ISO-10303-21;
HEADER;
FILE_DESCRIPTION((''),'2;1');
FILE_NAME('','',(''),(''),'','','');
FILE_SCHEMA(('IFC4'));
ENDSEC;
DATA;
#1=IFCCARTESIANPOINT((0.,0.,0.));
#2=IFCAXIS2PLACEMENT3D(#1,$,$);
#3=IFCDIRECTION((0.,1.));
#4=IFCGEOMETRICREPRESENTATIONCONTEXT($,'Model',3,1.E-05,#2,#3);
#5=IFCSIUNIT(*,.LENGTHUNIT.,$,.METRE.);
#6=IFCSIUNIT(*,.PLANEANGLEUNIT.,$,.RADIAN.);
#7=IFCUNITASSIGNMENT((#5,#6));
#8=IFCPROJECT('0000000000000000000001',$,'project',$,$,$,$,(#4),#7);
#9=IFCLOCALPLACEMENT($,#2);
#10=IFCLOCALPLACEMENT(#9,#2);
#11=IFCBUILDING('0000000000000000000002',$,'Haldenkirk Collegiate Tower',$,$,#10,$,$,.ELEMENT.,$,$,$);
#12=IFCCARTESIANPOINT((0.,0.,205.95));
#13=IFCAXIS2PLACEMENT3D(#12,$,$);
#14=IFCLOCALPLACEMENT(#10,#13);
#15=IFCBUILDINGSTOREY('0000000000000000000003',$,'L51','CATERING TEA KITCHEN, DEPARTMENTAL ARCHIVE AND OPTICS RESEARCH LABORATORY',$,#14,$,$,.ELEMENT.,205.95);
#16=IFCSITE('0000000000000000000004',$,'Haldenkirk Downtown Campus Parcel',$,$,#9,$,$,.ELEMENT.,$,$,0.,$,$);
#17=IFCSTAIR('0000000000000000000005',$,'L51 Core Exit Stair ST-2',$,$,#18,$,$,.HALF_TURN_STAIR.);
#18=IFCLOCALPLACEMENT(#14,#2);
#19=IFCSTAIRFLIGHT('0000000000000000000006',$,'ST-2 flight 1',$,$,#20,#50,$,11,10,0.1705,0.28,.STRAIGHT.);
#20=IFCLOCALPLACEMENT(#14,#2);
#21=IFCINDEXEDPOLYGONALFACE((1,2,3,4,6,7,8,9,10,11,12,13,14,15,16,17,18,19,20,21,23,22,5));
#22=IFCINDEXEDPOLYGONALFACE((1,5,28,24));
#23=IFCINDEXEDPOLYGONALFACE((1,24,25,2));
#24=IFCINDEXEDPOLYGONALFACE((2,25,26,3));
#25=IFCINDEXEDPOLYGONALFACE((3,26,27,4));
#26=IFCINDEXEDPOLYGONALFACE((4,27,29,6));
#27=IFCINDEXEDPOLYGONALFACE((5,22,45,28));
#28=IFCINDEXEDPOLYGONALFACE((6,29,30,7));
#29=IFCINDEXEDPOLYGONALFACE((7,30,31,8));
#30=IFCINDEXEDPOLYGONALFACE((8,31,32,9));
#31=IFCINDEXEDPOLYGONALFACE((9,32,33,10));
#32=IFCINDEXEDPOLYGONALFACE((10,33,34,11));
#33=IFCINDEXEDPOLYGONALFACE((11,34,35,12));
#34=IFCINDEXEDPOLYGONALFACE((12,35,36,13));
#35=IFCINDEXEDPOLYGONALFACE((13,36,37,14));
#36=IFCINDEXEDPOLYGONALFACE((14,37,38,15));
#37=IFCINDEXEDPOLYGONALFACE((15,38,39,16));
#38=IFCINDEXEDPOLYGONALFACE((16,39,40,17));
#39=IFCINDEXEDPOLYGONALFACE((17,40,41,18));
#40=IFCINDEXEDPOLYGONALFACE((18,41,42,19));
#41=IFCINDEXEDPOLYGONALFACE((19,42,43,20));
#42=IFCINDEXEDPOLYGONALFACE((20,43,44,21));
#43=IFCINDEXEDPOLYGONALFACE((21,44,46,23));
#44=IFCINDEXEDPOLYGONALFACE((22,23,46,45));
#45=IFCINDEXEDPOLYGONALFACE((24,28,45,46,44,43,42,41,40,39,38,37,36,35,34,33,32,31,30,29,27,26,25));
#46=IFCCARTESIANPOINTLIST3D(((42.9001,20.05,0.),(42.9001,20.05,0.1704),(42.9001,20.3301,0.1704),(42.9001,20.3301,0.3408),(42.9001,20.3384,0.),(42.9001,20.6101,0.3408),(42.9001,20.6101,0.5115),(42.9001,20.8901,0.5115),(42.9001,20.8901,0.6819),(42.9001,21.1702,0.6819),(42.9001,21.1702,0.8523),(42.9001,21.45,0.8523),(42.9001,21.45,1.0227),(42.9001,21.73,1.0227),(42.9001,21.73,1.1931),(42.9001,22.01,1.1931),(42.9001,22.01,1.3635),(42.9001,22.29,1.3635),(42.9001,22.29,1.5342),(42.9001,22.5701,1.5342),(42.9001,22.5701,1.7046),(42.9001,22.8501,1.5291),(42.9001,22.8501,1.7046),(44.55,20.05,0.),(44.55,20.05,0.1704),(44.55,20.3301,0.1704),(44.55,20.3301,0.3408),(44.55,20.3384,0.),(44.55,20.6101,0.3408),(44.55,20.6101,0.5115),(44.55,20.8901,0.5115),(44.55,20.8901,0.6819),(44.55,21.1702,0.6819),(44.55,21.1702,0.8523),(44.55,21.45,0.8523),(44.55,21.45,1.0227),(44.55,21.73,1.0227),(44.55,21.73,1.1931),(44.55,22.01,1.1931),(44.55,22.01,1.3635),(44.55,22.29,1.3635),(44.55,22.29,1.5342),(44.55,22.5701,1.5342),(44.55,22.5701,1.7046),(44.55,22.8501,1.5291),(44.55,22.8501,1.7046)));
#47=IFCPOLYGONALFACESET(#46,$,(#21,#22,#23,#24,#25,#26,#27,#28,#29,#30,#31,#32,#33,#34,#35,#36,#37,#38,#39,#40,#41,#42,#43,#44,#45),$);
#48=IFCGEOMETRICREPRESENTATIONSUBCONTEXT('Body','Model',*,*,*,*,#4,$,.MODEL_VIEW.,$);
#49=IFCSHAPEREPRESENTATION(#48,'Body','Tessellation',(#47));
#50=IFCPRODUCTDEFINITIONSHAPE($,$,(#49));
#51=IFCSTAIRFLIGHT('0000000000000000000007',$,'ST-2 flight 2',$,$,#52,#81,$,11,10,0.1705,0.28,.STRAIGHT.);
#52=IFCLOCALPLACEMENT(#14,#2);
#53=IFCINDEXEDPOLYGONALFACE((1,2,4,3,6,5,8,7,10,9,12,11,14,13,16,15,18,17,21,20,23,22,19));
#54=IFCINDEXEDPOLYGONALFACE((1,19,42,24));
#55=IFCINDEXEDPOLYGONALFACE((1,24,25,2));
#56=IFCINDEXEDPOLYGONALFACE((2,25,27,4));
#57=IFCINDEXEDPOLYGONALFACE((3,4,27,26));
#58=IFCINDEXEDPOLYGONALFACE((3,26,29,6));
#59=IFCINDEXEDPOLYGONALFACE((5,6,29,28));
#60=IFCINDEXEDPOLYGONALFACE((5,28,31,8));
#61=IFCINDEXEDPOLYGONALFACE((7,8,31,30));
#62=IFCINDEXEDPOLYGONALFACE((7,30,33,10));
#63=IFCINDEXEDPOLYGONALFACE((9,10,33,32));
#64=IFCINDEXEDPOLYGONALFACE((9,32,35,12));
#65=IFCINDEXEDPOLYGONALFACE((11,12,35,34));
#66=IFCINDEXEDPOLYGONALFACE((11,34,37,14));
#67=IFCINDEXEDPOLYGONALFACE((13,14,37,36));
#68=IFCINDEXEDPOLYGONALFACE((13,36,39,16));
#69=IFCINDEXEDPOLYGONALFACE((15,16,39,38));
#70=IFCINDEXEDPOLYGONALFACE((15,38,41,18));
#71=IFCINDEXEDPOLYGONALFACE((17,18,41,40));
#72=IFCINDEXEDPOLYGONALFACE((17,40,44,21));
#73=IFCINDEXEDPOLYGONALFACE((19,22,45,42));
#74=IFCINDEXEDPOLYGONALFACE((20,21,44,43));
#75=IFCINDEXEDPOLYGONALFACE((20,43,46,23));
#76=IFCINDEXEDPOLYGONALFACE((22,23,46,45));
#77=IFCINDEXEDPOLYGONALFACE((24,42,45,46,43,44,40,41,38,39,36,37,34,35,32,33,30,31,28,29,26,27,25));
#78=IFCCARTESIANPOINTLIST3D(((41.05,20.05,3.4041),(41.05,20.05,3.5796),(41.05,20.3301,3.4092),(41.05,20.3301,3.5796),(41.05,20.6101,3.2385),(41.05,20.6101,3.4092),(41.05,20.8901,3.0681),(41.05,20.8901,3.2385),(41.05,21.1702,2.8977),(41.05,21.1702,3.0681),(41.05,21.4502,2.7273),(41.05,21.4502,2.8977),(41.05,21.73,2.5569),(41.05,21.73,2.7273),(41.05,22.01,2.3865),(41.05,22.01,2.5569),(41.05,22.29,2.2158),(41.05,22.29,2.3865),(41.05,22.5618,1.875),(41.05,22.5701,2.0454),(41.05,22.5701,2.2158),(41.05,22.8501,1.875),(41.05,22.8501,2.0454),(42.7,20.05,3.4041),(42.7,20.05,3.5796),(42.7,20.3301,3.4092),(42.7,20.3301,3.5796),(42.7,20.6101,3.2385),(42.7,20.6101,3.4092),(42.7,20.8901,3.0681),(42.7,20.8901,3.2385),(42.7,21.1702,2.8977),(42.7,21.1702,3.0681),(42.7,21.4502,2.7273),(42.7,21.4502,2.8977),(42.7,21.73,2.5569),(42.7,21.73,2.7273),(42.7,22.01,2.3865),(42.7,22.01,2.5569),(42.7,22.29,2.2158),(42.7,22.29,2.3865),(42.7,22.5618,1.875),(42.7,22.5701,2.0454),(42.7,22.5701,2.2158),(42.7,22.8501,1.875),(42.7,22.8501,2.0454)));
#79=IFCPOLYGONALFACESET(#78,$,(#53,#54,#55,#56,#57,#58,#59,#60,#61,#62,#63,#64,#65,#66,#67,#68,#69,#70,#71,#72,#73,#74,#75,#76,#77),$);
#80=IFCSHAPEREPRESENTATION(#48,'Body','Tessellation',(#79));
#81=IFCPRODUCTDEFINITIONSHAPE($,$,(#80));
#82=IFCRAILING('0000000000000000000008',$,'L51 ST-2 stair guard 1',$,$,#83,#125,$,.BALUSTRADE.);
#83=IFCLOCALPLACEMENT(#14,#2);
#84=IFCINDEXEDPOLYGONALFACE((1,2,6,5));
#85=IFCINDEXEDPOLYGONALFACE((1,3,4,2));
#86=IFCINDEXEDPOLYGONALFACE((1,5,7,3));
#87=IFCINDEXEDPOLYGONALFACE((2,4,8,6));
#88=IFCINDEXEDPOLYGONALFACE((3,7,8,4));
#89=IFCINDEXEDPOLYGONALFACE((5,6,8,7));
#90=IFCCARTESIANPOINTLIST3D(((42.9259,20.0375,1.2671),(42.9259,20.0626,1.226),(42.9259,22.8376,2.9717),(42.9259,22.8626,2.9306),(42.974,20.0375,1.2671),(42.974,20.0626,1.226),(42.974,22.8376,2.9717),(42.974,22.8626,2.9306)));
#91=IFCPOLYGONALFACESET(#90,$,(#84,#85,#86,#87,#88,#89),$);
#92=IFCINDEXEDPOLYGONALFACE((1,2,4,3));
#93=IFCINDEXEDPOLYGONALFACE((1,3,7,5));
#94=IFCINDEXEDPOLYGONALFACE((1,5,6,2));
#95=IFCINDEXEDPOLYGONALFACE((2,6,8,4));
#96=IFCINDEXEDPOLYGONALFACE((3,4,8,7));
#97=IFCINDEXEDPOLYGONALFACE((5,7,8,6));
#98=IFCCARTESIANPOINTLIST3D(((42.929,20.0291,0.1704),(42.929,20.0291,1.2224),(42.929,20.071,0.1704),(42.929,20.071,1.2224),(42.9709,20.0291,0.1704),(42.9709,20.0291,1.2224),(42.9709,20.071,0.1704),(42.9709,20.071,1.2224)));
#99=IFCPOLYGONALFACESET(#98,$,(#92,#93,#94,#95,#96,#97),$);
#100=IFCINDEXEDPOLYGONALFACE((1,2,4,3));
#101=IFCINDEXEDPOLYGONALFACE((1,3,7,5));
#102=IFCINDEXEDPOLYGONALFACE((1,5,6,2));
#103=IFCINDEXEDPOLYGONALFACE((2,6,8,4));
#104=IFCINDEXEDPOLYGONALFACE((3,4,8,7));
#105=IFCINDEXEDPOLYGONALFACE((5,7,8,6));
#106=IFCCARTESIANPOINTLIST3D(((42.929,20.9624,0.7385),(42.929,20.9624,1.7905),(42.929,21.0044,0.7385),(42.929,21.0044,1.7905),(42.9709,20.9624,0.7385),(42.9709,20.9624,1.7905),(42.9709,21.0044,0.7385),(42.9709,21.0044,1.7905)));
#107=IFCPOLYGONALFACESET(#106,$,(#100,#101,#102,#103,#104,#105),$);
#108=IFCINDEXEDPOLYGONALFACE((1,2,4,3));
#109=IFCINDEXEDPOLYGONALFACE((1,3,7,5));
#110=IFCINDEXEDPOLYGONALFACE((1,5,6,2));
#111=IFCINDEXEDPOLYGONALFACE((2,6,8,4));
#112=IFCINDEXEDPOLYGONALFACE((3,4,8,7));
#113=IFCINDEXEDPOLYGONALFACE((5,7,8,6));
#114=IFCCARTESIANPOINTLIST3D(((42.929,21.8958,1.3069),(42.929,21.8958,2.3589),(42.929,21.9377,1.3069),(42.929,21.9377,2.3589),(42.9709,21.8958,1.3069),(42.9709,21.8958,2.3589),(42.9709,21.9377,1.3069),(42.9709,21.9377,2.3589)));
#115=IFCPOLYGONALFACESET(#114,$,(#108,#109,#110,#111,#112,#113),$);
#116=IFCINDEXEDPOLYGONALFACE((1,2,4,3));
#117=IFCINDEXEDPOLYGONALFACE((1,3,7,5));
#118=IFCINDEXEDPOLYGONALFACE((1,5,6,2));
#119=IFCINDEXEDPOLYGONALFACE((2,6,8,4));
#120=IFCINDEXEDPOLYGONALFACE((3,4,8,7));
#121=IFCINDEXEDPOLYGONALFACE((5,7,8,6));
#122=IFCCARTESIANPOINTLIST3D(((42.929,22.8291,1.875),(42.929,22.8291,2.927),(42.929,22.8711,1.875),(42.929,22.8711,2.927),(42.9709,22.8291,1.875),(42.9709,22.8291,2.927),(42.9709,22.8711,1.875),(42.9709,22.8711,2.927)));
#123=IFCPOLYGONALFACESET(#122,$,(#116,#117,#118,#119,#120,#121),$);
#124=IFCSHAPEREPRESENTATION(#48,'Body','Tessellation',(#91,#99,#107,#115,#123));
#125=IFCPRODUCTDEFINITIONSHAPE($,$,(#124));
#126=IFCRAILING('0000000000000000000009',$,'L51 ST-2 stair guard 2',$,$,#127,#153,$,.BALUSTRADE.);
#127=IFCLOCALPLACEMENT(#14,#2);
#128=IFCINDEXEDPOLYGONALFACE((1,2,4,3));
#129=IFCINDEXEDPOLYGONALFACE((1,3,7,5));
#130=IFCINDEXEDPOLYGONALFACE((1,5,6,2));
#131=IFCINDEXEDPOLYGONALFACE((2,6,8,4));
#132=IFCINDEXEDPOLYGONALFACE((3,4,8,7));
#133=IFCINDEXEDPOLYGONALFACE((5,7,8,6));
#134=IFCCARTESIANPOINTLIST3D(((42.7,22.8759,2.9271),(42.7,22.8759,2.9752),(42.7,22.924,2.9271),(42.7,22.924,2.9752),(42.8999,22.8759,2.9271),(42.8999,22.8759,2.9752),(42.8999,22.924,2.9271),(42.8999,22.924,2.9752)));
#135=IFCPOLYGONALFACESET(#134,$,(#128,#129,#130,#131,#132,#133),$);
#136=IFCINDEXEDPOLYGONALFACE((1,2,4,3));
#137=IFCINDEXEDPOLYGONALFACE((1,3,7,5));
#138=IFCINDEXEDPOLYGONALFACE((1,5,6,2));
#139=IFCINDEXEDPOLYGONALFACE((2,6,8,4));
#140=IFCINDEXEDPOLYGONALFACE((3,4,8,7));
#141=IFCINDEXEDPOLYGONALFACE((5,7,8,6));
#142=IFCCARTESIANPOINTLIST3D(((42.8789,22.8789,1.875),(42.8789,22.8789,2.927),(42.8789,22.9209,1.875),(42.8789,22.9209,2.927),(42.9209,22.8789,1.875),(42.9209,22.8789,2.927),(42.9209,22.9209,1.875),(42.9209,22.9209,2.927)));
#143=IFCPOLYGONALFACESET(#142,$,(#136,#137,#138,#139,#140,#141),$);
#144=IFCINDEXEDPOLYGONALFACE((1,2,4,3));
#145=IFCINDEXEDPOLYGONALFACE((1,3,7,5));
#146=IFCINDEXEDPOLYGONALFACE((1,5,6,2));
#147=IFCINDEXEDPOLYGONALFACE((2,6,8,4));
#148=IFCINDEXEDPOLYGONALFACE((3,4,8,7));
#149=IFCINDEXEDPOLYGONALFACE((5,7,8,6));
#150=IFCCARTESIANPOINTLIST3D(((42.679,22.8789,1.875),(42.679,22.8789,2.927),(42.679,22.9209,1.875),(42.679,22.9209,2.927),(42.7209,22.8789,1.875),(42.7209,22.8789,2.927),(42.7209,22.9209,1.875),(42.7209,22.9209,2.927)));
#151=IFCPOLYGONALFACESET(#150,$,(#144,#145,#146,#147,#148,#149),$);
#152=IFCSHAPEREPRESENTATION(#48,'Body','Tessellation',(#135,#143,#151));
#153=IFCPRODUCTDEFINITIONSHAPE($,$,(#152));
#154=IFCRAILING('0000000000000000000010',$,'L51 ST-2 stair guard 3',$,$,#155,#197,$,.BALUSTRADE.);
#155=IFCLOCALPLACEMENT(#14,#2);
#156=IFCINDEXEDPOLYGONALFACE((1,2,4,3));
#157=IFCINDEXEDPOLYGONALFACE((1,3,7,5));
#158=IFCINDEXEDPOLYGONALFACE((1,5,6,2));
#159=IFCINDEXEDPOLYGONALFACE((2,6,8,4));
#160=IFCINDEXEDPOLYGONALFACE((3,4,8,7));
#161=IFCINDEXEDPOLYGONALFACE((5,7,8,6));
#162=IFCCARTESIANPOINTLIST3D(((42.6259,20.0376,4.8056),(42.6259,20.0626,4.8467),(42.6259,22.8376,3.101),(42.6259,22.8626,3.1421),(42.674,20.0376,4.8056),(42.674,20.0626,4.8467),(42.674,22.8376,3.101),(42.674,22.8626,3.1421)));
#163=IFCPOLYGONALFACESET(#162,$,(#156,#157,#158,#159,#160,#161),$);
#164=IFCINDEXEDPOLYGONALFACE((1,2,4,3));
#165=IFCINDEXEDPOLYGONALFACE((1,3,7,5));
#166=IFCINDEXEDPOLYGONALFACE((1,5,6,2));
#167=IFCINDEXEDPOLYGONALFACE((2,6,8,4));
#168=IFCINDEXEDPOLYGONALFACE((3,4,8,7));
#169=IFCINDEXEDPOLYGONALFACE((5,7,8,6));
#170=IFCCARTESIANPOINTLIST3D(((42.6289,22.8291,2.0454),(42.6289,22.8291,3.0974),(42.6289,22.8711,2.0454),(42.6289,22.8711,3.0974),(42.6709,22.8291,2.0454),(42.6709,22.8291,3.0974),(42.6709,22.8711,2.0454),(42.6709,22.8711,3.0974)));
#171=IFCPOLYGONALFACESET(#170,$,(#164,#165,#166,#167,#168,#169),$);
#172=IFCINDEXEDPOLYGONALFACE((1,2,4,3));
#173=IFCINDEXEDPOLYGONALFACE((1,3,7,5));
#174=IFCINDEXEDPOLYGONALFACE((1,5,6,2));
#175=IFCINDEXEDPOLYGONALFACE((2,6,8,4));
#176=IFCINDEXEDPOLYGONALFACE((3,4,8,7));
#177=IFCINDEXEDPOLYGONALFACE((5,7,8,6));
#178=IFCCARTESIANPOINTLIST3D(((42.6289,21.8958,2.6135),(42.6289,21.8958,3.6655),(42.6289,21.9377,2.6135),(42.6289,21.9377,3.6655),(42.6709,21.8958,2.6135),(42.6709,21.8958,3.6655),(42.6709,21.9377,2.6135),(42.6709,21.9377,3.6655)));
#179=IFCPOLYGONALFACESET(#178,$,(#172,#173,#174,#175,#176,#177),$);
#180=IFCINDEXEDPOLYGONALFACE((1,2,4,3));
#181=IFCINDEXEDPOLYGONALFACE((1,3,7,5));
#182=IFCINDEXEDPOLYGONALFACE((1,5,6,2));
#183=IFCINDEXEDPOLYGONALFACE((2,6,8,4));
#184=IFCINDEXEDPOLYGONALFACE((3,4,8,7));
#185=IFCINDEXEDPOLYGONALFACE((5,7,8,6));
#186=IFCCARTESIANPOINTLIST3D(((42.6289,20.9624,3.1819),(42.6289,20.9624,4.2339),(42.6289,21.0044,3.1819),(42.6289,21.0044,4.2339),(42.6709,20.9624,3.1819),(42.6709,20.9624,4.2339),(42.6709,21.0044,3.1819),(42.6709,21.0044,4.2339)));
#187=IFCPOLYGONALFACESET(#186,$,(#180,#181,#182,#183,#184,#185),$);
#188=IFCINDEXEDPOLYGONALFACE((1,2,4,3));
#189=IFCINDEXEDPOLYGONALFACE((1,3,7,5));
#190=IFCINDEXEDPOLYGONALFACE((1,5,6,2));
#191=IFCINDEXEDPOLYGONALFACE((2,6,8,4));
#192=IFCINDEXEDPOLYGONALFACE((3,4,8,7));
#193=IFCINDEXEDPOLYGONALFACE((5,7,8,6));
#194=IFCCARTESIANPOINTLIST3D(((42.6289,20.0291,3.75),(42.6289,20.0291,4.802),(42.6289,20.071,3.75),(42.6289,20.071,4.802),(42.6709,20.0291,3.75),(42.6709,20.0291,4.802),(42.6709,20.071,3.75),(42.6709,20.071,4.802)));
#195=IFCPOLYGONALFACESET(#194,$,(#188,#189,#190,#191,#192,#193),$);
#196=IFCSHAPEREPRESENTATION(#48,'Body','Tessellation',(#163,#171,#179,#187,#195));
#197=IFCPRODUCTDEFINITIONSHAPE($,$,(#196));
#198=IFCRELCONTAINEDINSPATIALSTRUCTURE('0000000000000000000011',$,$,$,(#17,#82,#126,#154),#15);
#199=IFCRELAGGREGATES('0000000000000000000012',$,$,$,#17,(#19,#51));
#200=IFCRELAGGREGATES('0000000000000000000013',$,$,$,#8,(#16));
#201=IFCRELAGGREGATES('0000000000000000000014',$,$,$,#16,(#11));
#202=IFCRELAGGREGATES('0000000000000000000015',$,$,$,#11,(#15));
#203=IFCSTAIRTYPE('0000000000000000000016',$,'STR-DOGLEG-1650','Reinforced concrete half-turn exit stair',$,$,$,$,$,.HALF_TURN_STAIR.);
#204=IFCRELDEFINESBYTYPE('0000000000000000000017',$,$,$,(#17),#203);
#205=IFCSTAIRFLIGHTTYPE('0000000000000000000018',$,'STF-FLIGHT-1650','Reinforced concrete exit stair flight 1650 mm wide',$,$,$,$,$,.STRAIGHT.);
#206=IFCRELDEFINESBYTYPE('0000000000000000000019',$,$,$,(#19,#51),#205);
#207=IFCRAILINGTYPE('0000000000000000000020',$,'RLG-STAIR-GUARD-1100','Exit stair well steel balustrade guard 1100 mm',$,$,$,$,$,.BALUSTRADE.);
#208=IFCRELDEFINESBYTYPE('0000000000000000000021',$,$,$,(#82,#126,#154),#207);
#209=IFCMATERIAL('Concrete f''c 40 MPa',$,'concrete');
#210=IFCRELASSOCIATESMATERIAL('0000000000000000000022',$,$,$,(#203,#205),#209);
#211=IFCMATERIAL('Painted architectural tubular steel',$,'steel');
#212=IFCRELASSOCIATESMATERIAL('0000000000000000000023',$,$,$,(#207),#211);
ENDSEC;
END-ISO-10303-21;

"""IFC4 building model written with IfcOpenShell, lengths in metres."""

from ifc_helpers import new_model, si_unit, direction, frame, origin, origin_2d, place, context, subcontext, project, spatial, polyline, rectangle, outline, extrude, material, type_object, element, aggregate, save


model = new_model("IFC4")

# Units and contexts
model_context = context("Model", 3, precision=1e-05, world=origin(), true_north=direction((0.0, 1.0)))
body_context = subcontext(model_context, "Body", "Model", "MODEL_VIEW")
ifc_project = project(units=[si_unit("LENGTHUNIT", "METRE"), si_unit("PLANEANGLEUNIT", "RADIAN")], contexts=[model_context])

# Site, building, storey
site_placement = place(None, origin())
site = spatial("IfcSite", under=ifc_project, at=site_placement, Name="Haldenkirk Downtown Campus Parcel", CompositionType="ELEMENT", RefElevation=0.0)
building_placement = place(site_placement, origin())
building = spatial("IfcBuilding", under=site, at=building_placement, Name="Haldenkirk Collegiate Tower", CompositionType="ELEMENT")
storey_placement = place(building_placement, frame((0.0, 0.0, 205.95)))
storey = spatial("IfcBuildingStorey", under=building, at=storey_placement, Name="L51", Description="CATERING TEA KITCHEN, DEPARTMENTAL ARCHIVE AND OPTICS RESEARCH LABORATORY", CompositionType="ELEMENT", Elevation=205.95)

# Stair, stair flights
ifc_material_1 = material(Name="Concrete f'c 40 MPa", Category="concrete")
stair_type = type_object("IfcStairType", Name="STR-DOGLEG-1650", Description="Reinforced concrete half-turn exit stair", PredefinedType="HALF_TURN_STAIR", material=ifc_material_1)
stair_placement = place(storey_placement, origin())
stair = element("IfcStair", 1, at=stair_placement, inside=storey, type_object=stair_type, Name="L51 Core Exit Stair ST-2", PredefinedType="HALF_TURN_STAIR")
stair_flight_type = type_object("IfcStairFlightType", Name="STF-FLIGHT-1650", Description="Reinforced concrete exit stair flight 1650 mm wide", PredefinedType="STRAIGHT", material=ifc_material_1)
stair_flight_1_placement = place(storey_placement, frame((43.7251, 20.05, 0.0), z_axis=(0.0, 0.0, 1.0), x_axis=(0.0, 1.0, 0.0)))
stair_flight_1 = element("IfcStairFlight", 2, at=stair_flight_1_placement, type_object=stair_flight_type, Name="ST-2 flight 1", NumberOfRisers=11, NumberOfTreads=10, PredefinedType="STRAIGHT", RiserHeight=0.1705, TreadLength=0.28, context=body_context, shape_type="SweptSolid", body=[
    extrude(outline(polyline([(0.0, 0.0), (0.0, 0.1704), (0.28, 0.1704), (0.28, 0.3408), (0.5601, 0.3408), (0.5601, 0.5115), (0.8401, 0.5115), (0.8401, 0.6819), (1.1201, 0.6819), (1.1201, 0.8523), (1.3999, 0.8523), (1.3999, 1.0227), (1.6799, 1.0227), (1.6799, 1.1931), (1.96, 1.1931), (1.96, 1.3635), (2.24, 1.3635), (2.24, 1.5342), (2.52, 1.5342), (2.52, 1.7046), (2.8, 1.7046), (2.8, 1.875), (2.8, 1.5291), (0.2883, 0.0), (0.0, 0.0)])), frame((0.0, 0.825, 0.0), z_axis=(0.0, -1.0, 0.0), x_axis=(1.0, 0.0, 0.0)), (0.0, 0.0, 1.0), 1.6499),
])
stair_flight_2_placement = place(storey_placement, frame((41.875, 22.8501, 1.875), z_axis=(0.0, 0.0, 1.0), x_axis=(0.0, -1.0, 0.0)))
stair_flight_2 = element("IfcStairFlight", 3, at=stair_flight_2_placement, type_object=stair_flight_type, Name="ST-2 flight 2", NumberOfRisers=11, NumberOfTreads=10, PredefinedType="STRAIGHT", RiserHeight=0.1705, TreadLength=0.28, context=body_context, shape_type="SweptSolid", body=[
    extrude(outline(polyline([(0.0, 0.0), (0.0, 0.1704), (0.28, 0.1704), (0.28, 0.3408), (0.5601, 0.3408), (0.5601, 0.5115), (0.8401, 0.5115), (0.8401, 0.6819), (1.1201, 0.6819), (1.1201, 0.8523), (1.3999, 0.8523), (1.3999, 1.0227), (1.6799, 1.0227), (1.6799, 1.1931), (1.96, 1.1931), (1.96, 1.3635), (2.24, 1.3635), (2.24, 1.5342), (2.52, 1.5342), (2.52, 1.7046), (2.8, 1.7046), (2.8, 1.875), (2.8, 1.5291), (0.2883, 0.0), (0.0, 0.0)])), frame((0.0, 0.825, 0.0), z_axis=(0.0, -1.0, 0.0), x_axis=(1.0, 0.0, 0.0)), (0.0, 0.0, 1.0), 1.6499),
])
aggregate(stair, [stair_flight_1, stair_flight_2])

# Railings
ifc_material_2 = material(Name="Painted architectural tubular steel", Category="steel")
railing_type_1 = type_object("IfcRailingType", Name="RLG-STAIR-GUARD-1100", Description="Exit stair well steel balustrade guard 1100 mm", PredefinedType="BALUSTRADE", material=ifc_material_2)
railing_1_placement = place(storey_placement, frame((42.95, 20.05, 0.1704)))
element("IfcRailing", 4, at=railing_1_placement, inside=storey, type_object=railing_type_1, Name="L51 ST-2 stair guard 1", PredefinedType="BALUSTRADE", context=body_context, shape_type="SweptSolid", body=[
    extrude(rectangle(XDim=0.0481, YDim=0.0481, at=origin_2d()), frame((0.0, 0.0, 1.0762), z_axis=(0.0, 0.85417, 0.519994), x_axis=(-1.0, 0.0, 0.0)), (0.0, 0.0, 1.0), 3.2781),
    extrude(rectangle(XDim=0.042, YDim=0.042, at=origin_2d()), origin(), (0.0, 0.0, 1.0), 1.052),
    extrude(rectangle(XDim=0.042, YDim=0.042, at=origin_2d()), frame((0.0, 0.9333, 0.5681)), (0.0, 0.0, 1.0), 1.052),
    extrude(rectangle(XDim=0.042, YDim=0.042, at=origin_2d()), frame((0.0, 1.8667, 1.1365)), (0.0, 0.0, 1.0), 1.052),
    extrude(rectangle(XDim=0.042, YDim=0.042, at=origin_2d()), frame((0.0, 2.8, 1.7046)), (0.0, 0.0, 1.0), 1.052),
])
railing_2_placement = place(storey_placement, frame((42.8999, 22.8999, 1.875)))
element("IfcRailing", 5, at=railing_2_placement, inside=storey, type_object=railing_type_1, Name="L51 ST-2 stair guard 2", PredefinedType="BALUSTRADE", context=body_context, shape_type="SweptSolid", body=[
    extrude(rectangle(XDim=0.0481, YDim=0.0481, at=origin_2d()), frame((0.0, 0.0, 1.0762), z_axis=(-1.0, 0.0, 0.0), x_axis=(0.0, -1.0, 0.0)), (0.0, 0.0, 1.0), 0.2),
    extrude(rectangle(XDim=0.042, YDim=0.042, at=origin_2d()), origin(), (0.0, 0.0, 1.0), 1.052),
    extrude(rectangle(XDim=0.042, YDim=0.042, at=origin_2d()), frame((-0.2, 0.0, 0.0)), (0.0, 0.0, 1.0), 1.052),
])
railing_3_placement = place(storey_placement, frame((42.6499, 22.8501, 2.0454)))
element("IfcRailing", 6, at=railing_3_placement, inside=storey, type_object=railing_type_1, Name="L51 ST-2 stair guard 3", PredefinedType="BALUSTRADE", context=body_context, shape_type="SweptSolid", body=[
    extrude(rectangle(XDim=0.0481, YDim=0.0481, at=origin_2d()), frame((0.0, 0.0, 1.0762), z_axis=(0.0, -0.85417, 0.519994), x_axis=(1.0, 0.0, 0.0)), (0.0, 0.0, 1.0), 3.2781),
    extrude(rectangle(XDim=0.042, YDim=0.042, at=origin_2d()), origin(), (0.0, 0.0, 1.0), 1.052),
    extrude(rectangle(XDim=0.042, YDim=0.042, at=origin_2d()), frame((0.0, -0.9333, 0.5681)), (0.0, 0.0, 1.0), 1.052),
    extrude(rectangle(XDim=0.042, YDim=0.042, at=origin_2d()), frame((0.0, -1.8667, 1.1365)), (0.0, 0.0, 1.0), 1.052),
    extrude(rectangle(XDim=0.042, YDim=0.042, at=origin_2d()), frame((0.0, -2.8, 1.7046)), (0.0, 0.0, 1.0), 1.052),
])

save(model, "model.ifc")
